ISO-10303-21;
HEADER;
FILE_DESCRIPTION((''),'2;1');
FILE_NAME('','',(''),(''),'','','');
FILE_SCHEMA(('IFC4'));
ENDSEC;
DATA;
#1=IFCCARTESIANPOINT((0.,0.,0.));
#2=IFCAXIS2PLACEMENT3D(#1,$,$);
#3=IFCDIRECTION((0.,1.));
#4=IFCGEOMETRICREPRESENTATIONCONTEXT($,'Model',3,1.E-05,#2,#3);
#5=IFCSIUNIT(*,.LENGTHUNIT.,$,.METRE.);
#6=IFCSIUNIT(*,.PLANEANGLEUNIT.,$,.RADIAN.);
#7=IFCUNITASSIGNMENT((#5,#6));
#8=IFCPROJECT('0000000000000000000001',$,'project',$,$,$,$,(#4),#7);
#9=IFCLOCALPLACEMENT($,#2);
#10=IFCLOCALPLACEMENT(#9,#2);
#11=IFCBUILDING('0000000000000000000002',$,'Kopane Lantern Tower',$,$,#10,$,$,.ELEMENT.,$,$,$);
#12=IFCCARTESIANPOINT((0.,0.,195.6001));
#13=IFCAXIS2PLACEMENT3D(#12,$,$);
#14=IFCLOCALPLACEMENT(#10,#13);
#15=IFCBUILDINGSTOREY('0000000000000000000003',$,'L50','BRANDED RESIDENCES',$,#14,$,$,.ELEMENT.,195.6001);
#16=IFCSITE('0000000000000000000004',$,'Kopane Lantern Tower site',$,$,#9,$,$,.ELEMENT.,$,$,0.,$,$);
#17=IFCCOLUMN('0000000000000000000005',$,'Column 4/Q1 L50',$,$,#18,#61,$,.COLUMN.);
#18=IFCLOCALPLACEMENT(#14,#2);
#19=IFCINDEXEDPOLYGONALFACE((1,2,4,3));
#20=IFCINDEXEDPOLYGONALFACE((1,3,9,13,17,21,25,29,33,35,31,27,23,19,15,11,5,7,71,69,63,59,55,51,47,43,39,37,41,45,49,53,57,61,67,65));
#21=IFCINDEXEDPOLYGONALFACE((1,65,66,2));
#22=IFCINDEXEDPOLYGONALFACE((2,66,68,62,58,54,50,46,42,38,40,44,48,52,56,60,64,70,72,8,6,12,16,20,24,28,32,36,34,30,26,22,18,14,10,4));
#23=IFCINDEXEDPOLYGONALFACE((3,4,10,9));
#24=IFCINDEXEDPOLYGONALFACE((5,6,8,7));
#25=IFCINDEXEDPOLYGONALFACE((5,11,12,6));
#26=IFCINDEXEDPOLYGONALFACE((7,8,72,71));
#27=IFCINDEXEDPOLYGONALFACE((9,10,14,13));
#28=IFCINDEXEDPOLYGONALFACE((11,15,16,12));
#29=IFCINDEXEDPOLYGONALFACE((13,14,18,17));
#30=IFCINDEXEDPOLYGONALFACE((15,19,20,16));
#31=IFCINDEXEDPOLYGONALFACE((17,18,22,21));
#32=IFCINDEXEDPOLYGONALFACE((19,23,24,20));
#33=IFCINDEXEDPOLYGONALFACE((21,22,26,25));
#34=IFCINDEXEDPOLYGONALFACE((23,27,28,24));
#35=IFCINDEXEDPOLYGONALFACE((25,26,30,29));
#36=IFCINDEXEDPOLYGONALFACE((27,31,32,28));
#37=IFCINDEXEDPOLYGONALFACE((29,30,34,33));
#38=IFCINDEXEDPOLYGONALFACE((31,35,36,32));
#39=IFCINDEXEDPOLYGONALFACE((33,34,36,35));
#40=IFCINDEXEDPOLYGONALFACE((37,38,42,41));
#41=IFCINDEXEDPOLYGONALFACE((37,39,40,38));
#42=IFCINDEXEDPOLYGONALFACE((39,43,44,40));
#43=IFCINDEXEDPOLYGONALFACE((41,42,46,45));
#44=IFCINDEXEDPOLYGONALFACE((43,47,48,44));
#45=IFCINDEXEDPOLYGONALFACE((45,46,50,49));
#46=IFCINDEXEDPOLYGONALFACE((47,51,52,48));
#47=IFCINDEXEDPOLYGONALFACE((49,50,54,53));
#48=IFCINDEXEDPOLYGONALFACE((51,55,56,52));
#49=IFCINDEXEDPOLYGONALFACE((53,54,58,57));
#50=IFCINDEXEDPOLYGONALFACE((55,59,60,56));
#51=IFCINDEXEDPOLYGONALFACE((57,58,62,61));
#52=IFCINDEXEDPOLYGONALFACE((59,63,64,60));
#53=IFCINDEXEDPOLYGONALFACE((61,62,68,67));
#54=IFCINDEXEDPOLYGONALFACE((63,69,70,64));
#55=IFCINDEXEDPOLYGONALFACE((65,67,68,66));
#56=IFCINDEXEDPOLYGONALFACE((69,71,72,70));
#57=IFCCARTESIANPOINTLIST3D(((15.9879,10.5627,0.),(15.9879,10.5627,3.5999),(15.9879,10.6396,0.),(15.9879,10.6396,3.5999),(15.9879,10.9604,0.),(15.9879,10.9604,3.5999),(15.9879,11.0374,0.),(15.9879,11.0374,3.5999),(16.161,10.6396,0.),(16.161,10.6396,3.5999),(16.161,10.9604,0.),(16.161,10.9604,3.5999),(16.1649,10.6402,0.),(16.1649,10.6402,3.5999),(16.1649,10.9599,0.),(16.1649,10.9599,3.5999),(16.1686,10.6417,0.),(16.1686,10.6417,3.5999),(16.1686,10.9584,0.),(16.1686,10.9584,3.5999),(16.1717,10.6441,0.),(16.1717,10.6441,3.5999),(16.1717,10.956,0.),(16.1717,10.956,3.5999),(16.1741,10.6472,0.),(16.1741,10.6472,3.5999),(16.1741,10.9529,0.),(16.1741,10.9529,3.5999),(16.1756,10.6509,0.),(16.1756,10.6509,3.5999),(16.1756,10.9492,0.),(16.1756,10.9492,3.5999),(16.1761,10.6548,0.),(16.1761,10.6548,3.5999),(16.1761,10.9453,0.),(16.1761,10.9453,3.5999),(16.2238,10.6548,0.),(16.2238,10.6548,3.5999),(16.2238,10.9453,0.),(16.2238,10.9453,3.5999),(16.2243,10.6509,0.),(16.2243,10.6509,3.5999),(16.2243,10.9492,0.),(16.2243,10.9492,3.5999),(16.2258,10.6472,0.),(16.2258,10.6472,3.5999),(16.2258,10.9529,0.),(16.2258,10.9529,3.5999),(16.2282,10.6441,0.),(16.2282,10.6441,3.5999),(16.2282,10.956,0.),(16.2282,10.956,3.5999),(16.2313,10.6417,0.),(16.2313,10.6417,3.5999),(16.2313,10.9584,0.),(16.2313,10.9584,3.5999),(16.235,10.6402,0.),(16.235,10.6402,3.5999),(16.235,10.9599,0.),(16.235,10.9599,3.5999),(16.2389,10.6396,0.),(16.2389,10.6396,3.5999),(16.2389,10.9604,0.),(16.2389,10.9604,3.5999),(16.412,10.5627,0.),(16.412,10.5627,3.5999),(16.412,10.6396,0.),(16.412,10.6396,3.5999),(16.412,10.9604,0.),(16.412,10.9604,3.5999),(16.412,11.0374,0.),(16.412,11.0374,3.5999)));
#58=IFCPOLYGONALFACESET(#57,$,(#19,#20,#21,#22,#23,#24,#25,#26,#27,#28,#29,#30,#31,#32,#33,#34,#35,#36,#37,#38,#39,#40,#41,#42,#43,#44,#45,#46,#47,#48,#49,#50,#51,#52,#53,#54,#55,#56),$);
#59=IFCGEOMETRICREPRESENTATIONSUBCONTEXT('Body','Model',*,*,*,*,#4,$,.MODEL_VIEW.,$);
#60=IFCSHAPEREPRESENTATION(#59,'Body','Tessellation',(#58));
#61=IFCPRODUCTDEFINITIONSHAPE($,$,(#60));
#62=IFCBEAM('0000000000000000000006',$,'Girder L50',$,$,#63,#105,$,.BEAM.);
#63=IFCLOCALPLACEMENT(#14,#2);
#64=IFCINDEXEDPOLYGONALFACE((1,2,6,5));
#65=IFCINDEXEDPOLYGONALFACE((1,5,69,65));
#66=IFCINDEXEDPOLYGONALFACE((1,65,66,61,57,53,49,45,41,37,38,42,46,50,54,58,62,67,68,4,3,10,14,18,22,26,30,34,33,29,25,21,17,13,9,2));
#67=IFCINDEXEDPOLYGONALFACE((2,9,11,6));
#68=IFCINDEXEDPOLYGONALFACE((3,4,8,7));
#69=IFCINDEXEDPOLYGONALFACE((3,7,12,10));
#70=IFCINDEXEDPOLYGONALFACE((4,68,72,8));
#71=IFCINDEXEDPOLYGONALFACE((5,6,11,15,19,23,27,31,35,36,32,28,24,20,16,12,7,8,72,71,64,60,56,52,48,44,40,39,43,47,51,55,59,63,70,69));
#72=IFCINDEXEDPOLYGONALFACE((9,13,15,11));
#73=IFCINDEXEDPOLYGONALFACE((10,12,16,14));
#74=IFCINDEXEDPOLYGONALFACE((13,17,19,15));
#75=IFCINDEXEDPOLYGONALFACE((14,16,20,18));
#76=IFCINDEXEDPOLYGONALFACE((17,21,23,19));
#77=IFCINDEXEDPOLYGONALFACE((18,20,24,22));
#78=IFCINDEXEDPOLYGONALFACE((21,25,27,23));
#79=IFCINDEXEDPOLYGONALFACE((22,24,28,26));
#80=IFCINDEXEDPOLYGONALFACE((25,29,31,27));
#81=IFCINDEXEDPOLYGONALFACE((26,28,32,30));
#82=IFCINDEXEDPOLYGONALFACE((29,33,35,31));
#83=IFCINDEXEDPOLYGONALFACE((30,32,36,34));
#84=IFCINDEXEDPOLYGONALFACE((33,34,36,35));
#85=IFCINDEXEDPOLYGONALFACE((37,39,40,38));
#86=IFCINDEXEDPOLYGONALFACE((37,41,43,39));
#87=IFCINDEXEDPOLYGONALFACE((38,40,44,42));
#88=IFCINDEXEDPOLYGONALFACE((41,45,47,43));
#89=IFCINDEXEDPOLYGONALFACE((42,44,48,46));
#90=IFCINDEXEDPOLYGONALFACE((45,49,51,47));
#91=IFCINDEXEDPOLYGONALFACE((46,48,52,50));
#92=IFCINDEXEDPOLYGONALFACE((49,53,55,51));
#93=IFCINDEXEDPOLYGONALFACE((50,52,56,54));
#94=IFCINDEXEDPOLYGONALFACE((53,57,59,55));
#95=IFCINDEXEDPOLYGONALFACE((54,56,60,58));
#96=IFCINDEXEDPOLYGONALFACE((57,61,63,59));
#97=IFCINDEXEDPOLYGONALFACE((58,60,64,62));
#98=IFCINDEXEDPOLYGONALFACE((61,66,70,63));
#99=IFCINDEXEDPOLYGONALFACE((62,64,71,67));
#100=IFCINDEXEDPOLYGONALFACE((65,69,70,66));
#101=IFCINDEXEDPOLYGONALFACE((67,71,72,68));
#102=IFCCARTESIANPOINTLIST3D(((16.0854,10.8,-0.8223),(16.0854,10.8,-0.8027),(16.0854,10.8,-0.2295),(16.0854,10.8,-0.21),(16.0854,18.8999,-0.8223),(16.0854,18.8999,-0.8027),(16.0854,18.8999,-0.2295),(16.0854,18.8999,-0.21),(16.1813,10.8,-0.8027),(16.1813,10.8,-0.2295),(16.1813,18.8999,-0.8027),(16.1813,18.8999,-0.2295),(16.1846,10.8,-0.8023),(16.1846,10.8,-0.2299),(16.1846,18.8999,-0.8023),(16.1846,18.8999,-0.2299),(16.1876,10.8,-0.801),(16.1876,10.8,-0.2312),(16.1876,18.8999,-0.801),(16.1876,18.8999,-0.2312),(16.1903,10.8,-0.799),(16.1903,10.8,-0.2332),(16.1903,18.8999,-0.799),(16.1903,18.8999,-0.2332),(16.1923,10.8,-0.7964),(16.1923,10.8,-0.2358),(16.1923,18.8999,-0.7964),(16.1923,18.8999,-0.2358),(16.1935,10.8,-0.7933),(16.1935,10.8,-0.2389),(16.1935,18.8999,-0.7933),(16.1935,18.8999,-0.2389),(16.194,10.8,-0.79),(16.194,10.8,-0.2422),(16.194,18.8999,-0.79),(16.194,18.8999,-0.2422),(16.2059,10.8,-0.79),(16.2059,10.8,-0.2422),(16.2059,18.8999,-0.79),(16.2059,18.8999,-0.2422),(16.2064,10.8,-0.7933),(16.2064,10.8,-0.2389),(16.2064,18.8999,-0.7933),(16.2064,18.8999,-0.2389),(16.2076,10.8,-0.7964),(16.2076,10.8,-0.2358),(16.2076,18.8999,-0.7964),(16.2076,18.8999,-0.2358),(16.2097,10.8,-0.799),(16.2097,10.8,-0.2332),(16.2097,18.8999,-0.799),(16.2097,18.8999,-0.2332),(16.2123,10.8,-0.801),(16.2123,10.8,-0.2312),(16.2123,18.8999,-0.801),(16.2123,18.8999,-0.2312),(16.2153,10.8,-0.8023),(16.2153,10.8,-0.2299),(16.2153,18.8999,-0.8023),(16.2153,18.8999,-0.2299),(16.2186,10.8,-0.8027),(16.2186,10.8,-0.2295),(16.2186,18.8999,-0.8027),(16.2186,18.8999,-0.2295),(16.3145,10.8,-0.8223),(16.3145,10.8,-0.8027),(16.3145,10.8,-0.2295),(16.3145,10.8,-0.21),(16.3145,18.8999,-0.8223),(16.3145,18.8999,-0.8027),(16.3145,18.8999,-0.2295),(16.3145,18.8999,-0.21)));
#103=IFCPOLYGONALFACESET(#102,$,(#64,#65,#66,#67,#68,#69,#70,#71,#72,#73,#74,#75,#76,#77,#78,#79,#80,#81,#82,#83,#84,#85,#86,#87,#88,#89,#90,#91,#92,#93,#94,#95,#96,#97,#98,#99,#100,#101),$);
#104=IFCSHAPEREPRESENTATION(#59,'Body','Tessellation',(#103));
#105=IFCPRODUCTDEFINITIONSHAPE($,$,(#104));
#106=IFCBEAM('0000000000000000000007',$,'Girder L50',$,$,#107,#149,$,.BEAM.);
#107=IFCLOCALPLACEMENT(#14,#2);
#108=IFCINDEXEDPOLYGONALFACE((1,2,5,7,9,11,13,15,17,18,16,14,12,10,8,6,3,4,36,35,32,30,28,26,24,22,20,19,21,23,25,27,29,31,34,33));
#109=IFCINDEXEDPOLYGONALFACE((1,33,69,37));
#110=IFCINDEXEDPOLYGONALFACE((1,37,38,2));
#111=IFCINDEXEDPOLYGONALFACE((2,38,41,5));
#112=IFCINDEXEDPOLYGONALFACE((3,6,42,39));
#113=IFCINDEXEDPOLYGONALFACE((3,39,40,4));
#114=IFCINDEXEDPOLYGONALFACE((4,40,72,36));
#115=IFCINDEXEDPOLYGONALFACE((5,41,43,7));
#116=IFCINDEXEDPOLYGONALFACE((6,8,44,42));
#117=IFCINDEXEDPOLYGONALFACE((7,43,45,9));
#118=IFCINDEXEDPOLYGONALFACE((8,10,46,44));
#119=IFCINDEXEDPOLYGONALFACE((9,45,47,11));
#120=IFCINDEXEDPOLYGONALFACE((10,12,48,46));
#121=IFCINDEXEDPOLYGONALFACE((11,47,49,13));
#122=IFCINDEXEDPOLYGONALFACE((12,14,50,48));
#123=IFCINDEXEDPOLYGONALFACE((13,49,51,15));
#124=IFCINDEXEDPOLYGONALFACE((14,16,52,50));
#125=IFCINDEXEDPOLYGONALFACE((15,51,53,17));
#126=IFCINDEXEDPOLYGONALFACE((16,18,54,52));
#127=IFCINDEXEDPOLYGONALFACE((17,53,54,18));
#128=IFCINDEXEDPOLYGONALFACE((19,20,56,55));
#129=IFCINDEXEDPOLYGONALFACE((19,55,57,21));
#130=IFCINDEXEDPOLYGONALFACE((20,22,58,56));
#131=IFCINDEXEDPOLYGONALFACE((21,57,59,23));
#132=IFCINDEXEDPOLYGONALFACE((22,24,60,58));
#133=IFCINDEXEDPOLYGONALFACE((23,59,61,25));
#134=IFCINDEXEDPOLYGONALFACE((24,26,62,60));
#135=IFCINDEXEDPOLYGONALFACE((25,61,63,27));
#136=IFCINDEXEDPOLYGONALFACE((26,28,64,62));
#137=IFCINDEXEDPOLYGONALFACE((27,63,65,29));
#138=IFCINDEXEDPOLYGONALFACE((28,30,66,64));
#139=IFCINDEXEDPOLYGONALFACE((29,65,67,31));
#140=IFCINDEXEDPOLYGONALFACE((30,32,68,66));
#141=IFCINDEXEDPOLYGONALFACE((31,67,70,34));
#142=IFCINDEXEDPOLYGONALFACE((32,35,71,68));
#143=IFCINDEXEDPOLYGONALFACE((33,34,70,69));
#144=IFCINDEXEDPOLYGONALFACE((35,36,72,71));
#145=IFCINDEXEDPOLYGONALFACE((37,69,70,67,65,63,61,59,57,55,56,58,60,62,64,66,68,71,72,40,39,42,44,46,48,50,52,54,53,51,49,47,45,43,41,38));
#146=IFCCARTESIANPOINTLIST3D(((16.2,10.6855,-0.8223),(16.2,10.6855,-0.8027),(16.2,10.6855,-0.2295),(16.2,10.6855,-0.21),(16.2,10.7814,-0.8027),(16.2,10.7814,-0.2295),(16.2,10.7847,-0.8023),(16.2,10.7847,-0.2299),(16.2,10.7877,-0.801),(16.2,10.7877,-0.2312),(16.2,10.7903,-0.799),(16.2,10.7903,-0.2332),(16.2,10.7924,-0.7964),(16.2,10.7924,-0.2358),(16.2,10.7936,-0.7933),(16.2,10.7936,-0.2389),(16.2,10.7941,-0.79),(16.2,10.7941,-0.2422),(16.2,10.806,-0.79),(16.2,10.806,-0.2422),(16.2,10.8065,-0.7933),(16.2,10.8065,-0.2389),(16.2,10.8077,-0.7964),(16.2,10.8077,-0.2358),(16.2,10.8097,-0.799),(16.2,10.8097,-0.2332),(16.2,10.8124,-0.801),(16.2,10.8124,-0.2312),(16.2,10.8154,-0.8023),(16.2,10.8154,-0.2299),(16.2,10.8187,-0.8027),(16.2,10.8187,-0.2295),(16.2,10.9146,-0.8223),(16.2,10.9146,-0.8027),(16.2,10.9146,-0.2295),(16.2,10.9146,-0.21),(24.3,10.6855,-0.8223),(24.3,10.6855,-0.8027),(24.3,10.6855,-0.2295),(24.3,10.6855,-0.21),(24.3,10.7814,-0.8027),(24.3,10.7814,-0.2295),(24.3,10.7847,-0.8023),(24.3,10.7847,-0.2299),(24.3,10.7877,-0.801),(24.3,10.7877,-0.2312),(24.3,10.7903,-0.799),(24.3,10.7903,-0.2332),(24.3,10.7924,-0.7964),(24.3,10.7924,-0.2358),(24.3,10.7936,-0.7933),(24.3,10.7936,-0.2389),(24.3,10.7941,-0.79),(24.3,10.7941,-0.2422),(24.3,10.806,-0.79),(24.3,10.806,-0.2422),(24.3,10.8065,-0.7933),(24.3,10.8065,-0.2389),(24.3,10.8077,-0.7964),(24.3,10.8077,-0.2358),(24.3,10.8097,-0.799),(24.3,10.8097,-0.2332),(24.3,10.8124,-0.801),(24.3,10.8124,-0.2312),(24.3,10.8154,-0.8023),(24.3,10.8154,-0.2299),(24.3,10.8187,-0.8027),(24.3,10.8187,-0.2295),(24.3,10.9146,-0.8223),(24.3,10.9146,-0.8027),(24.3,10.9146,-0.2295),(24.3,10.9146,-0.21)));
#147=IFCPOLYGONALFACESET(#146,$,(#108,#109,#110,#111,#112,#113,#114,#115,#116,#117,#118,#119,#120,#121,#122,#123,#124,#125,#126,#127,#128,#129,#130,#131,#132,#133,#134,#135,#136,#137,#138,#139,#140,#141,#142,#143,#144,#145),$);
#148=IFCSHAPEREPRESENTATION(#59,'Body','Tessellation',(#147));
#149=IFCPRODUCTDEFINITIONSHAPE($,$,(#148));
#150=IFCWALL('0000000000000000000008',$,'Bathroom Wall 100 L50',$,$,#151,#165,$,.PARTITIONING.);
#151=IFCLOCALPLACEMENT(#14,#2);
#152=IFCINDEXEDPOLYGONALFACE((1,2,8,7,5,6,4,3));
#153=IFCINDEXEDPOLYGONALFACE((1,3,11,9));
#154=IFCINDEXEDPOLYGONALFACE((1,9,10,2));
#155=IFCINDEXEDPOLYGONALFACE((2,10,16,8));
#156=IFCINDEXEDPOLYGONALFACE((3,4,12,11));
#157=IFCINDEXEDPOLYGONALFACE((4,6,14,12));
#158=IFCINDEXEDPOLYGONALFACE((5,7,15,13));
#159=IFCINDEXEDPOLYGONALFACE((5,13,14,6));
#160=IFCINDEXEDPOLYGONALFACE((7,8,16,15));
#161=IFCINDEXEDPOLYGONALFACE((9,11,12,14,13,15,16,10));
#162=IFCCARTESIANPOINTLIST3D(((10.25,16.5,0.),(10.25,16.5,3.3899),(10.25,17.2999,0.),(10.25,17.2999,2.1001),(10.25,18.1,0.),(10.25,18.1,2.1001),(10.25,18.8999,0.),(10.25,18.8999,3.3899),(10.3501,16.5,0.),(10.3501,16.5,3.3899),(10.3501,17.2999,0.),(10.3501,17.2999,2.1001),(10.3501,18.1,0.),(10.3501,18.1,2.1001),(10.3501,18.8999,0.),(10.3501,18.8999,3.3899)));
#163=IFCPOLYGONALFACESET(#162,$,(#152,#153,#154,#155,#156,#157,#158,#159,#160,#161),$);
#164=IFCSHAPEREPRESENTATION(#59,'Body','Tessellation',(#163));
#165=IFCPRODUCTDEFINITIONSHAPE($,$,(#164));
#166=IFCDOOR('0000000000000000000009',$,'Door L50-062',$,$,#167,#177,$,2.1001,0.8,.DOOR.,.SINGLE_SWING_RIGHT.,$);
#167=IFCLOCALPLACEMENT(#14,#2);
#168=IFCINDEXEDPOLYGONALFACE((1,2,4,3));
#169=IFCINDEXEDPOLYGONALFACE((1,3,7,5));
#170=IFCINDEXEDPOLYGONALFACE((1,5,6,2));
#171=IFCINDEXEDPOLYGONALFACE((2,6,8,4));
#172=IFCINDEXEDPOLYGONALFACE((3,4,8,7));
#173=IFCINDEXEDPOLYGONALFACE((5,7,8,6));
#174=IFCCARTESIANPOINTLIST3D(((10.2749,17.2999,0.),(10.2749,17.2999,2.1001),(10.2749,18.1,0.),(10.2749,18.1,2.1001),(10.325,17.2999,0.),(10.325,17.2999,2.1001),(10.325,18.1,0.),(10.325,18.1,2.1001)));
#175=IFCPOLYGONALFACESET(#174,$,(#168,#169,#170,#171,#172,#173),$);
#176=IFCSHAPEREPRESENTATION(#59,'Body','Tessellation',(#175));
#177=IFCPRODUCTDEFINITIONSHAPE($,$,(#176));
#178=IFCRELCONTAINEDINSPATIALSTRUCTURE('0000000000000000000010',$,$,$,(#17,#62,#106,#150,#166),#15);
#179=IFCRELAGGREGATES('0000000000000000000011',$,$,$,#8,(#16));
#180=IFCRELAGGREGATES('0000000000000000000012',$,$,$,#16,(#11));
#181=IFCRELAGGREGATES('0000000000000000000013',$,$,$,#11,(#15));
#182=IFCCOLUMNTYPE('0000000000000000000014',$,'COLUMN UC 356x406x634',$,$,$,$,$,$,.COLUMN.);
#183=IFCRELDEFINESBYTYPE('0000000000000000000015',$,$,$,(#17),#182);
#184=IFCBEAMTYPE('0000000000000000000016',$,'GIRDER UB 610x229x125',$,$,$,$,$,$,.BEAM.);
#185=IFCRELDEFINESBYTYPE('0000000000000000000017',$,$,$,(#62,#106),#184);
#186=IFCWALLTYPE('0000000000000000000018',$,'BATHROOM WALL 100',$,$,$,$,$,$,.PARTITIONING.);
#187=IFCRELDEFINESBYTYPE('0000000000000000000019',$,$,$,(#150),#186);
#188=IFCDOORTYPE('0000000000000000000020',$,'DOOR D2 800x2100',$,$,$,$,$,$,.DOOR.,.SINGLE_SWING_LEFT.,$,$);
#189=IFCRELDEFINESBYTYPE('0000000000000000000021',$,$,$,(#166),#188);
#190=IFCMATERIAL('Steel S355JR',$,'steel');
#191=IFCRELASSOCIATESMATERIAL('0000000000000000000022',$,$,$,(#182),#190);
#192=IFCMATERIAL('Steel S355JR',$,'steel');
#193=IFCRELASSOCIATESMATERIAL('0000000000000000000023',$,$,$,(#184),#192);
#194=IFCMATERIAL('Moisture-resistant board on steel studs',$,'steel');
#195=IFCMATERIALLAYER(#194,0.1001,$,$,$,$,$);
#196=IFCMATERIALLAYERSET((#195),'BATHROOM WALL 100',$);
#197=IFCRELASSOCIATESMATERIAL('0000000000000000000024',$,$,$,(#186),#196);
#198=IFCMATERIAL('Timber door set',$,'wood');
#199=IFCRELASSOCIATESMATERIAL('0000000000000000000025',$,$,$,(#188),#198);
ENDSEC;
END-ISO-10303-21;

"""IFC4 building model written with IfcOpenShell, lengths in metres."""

from ifc_helpers import new_model, si_unit, direction, frame, frame_2d, origin, origin_2d, place, context, subcontext, project, spatial, rectangle, i_section, extrude, material, layer, layer_set, material_profile, profile_set, type_object, element, fill, save


model = new_model("IFC4")

# Units and contexts
model_context = context("Model", 3, precision=1e-05, world=origin(), true_north=direction((0.0, 1.0)))
body_context = subcontext(model_context, "Body", "Model", "MODEL_VIEW")
ifc_project = project(units=[si_unit("LENGTHUNIT", "METRE"), si_unit("PLANEANGLEUNIT", "RADIAN")], contexts=[model_context])

# Site, building, storey
site_placement = place(None, origin())
site = spatial("IfcSite", under=ifc_project, at=site_placement, Name="Kopane Lantern Tower site", CompositionType="ELEMENT", RefElevation=0.0)
building_placement = place(site_placement, origin())
building = spatial("IfcBuilding", under=site, at=building_placement, Name="Kopane Lantern Tower", CompositionType="ELEMENT")
storey_placement = place(building_placement, frame((0.0, 0.0, 195.6001)))
storey = spatial("IfcBuildingStorey", under=building, at=storey_placement, Name="L50", Description="BRANDED RESIDENCES", CompositionType="ELEMENT", Elevation=195.6001)

# Column
ifc_material_1 = material(Name="Steel S355JR", Category="steel")
ifc_material_profile_1 = material_profile(ifc_material_1, i_section(OverallWidth=0.4241, OverallDepth=0.4746, WebThickness=0.0476, FlangeThickness=0.0769, FilletRadius=0.0151, at=origin_2d()), Name="UC 356x406x634")
ifc_profile_set_1 = profile_set([ifc_material_profile_1], Name="Steel S355JR")
column_type = type_object("IfcColumnType", Name="COLUMN UC 356x406x634", PredefinedType="COLUMN", material=ifc_profile_set_1)
column_placement = place(storey_placement, frame((16.2, 10.8, 0.0), z_axis=(0.0, 0.0, 1.0), x_axis=(1.0, 0.0, 0.0)))
element("IfcColumn", 1, at=column_placement, inside=storey, type_object=column_type, Name="Column 4/Q1 L50", PredefinedType="COLUMN", context=body_context, shape_type="SweptSolid", body=[
    extrude(i_section(OverallWidth=0.4241, OverallDepth=0.4746, WebThickness=0.0476, FlangeThickness=0.0769, FilletRadius=0.0151, at=origin_2d()), origin(), (0.0, 0.0, 1.0), 3.5999),
])

# Beams
ifc_material_2 = material(Name="Steel S355JR", Category="steel")
ifc_material_profile_2 = material_profile(ifc_material_2, i_section(OverallWidth=0.229, OverallDepth=0.6123, WebThickness=0.012, FlangeThickness=0.0195, FilletRadius=0.0127, at=origin_2d()), Name="UB 610x229x125")
ifc_profile_set_2 = profile_set([ifc_material_profile_2], Name="Steel S355JR")
beam_type = type_object("IfcBeamType", Name="GIRDER UB 610x229x125", PredefinedType="BEAM", material=ifc_profile_set_2)
beam_1_placement = place(storey_placement, frame((16.2, 10.8, -0.5161), z_axis=(0.0, 1.0, 0.0), x_axis=(-1.0, 0.0, 0.0)))
element("IfcBeam", 2, at=beam_1_placement, inside=storey, type_object=beam_type, Name="Girder L50", PredefinedType="BEAM", context=body_context, shape_type="SweptSolid", body=[
    extrude(i_section(OverallWidth=0.229, OverallDepth=0.6123, WebThickness=0.012, FlangeThickness=0.0195, FilletRadius=0.0127, at=origin_2d()), origin(), (0.0, 0.0, 1.0), 8.0999),
])
beam_2_placement = place(storey_placement, frame((16.2, 10.8, -0.5161), z_axis=(1.0, 0.0, 0.0), x_axis=(0.0, 1.0, 0.0)))
element("IfcBeam", 3, at=beam_2_placement, inside=storey, type_object=beam_type, Name="Girder L50", PredefinedType="BEAM", context=body_context, shape_type="SweptSolid", body=[
    extrude(i_section(OverallWidth=0.229, OverallDepth=0.6123, WebThickness=0.012, FlangeThickness=0.0195, FilletRadius=0.0127, at=origin_2d()), origin(), (0.0, 0.0, 1.0), 8.1001),
])

# Wall, opening, door
ifc_material_3 = material(Name="Moisture-resistant board on steel studs", Category="steel")
ifc_layer_1 = layer(ifc_material_3, 0.1001)
ifc_layer_set_1 = layer_set([ifc_layer_1], Name="BATHROOM WALL 100")
wall_type_1 = type_object("IfcWallType", Name="BATHROOM WALL 100", PredefinedType="PARTITIONING", material=ifc_layer_set_1)
wall_1_placement = place(storey_placement, frame((10.3, 18.8999, 0.0), z_axis=(0.0, 0.0, 1.0), x_axis=(0.0, -1.0, 0.0)))
wall_1 = element("IfcWall", 4, at=wall_1_placement, inside=storey, type_object=wall_type_1, Name="Bathroom Wall 100 L50", PredefinedType="PARTITIONING", context=body_context, shape_type="SweptSolid", body=[
    extrude(rectangle(XDim=2.3999, YDim=0.1001, at=frame_2d((1.2, 0.0))), origin(), (0.0, 0.0, 1.0), 3.3899),
])
opening_1_placement = place(wall_1_placement, frame((0.8, 0.0, 0.0)))
opening_1 = element("IfcOpeningElement", 5, at=opening_1_placement, cuts=wall_1, PredefinedType="OPENING", context=body_context, shape_type="SweptSolid", body=[
    extrude(rectangle(XDim=0.8, YDim=2.1001, at=frame_2d((0.3999, 1.05))), frame((0.0, 0.0601, 0.0), z_axis=(0.0, -1.0, 0.0), x_axis=(1.0, 0.0, 0.0)), (0.0, 0.0, 1.0), 0.1201),
])
ifc_material_4 = material(Name="Timber door set", Category="wood")
door_type = type_object("IfcDoorType", Name="DOOR D2 800x2100", OperationType="SINGLE_SWING_LEFT", PredefinedType="DOOR", material=ifc_material_4)
door_placement = place(opening_1_placement, origin())
door = element("IfcDoor", 6, at=door_placement, inside=storey, type_object=door_type, Name="Door L50-062", OperationType="SINGLE_SWING_RIGHT", OverallHeight=2.1001, OverallWidth=0.8, PredefinedType="DOOR", context=body_context, shape_type="SweptSolid", body=[
    extrude(rectangle(XDim=0.8, YDim=2.1001, at=frame_2d((0.3999, 1.05))), frame((0.0, 0.0249, 0.0), z_axis=(0.0, -1.0, 0.0), x_axis=(1.0, 0.0, 0.0)), (0.0, 0.0, 1.0), 0.05),
])
fill(opening_1, door)

save(model, "model.ifc")
